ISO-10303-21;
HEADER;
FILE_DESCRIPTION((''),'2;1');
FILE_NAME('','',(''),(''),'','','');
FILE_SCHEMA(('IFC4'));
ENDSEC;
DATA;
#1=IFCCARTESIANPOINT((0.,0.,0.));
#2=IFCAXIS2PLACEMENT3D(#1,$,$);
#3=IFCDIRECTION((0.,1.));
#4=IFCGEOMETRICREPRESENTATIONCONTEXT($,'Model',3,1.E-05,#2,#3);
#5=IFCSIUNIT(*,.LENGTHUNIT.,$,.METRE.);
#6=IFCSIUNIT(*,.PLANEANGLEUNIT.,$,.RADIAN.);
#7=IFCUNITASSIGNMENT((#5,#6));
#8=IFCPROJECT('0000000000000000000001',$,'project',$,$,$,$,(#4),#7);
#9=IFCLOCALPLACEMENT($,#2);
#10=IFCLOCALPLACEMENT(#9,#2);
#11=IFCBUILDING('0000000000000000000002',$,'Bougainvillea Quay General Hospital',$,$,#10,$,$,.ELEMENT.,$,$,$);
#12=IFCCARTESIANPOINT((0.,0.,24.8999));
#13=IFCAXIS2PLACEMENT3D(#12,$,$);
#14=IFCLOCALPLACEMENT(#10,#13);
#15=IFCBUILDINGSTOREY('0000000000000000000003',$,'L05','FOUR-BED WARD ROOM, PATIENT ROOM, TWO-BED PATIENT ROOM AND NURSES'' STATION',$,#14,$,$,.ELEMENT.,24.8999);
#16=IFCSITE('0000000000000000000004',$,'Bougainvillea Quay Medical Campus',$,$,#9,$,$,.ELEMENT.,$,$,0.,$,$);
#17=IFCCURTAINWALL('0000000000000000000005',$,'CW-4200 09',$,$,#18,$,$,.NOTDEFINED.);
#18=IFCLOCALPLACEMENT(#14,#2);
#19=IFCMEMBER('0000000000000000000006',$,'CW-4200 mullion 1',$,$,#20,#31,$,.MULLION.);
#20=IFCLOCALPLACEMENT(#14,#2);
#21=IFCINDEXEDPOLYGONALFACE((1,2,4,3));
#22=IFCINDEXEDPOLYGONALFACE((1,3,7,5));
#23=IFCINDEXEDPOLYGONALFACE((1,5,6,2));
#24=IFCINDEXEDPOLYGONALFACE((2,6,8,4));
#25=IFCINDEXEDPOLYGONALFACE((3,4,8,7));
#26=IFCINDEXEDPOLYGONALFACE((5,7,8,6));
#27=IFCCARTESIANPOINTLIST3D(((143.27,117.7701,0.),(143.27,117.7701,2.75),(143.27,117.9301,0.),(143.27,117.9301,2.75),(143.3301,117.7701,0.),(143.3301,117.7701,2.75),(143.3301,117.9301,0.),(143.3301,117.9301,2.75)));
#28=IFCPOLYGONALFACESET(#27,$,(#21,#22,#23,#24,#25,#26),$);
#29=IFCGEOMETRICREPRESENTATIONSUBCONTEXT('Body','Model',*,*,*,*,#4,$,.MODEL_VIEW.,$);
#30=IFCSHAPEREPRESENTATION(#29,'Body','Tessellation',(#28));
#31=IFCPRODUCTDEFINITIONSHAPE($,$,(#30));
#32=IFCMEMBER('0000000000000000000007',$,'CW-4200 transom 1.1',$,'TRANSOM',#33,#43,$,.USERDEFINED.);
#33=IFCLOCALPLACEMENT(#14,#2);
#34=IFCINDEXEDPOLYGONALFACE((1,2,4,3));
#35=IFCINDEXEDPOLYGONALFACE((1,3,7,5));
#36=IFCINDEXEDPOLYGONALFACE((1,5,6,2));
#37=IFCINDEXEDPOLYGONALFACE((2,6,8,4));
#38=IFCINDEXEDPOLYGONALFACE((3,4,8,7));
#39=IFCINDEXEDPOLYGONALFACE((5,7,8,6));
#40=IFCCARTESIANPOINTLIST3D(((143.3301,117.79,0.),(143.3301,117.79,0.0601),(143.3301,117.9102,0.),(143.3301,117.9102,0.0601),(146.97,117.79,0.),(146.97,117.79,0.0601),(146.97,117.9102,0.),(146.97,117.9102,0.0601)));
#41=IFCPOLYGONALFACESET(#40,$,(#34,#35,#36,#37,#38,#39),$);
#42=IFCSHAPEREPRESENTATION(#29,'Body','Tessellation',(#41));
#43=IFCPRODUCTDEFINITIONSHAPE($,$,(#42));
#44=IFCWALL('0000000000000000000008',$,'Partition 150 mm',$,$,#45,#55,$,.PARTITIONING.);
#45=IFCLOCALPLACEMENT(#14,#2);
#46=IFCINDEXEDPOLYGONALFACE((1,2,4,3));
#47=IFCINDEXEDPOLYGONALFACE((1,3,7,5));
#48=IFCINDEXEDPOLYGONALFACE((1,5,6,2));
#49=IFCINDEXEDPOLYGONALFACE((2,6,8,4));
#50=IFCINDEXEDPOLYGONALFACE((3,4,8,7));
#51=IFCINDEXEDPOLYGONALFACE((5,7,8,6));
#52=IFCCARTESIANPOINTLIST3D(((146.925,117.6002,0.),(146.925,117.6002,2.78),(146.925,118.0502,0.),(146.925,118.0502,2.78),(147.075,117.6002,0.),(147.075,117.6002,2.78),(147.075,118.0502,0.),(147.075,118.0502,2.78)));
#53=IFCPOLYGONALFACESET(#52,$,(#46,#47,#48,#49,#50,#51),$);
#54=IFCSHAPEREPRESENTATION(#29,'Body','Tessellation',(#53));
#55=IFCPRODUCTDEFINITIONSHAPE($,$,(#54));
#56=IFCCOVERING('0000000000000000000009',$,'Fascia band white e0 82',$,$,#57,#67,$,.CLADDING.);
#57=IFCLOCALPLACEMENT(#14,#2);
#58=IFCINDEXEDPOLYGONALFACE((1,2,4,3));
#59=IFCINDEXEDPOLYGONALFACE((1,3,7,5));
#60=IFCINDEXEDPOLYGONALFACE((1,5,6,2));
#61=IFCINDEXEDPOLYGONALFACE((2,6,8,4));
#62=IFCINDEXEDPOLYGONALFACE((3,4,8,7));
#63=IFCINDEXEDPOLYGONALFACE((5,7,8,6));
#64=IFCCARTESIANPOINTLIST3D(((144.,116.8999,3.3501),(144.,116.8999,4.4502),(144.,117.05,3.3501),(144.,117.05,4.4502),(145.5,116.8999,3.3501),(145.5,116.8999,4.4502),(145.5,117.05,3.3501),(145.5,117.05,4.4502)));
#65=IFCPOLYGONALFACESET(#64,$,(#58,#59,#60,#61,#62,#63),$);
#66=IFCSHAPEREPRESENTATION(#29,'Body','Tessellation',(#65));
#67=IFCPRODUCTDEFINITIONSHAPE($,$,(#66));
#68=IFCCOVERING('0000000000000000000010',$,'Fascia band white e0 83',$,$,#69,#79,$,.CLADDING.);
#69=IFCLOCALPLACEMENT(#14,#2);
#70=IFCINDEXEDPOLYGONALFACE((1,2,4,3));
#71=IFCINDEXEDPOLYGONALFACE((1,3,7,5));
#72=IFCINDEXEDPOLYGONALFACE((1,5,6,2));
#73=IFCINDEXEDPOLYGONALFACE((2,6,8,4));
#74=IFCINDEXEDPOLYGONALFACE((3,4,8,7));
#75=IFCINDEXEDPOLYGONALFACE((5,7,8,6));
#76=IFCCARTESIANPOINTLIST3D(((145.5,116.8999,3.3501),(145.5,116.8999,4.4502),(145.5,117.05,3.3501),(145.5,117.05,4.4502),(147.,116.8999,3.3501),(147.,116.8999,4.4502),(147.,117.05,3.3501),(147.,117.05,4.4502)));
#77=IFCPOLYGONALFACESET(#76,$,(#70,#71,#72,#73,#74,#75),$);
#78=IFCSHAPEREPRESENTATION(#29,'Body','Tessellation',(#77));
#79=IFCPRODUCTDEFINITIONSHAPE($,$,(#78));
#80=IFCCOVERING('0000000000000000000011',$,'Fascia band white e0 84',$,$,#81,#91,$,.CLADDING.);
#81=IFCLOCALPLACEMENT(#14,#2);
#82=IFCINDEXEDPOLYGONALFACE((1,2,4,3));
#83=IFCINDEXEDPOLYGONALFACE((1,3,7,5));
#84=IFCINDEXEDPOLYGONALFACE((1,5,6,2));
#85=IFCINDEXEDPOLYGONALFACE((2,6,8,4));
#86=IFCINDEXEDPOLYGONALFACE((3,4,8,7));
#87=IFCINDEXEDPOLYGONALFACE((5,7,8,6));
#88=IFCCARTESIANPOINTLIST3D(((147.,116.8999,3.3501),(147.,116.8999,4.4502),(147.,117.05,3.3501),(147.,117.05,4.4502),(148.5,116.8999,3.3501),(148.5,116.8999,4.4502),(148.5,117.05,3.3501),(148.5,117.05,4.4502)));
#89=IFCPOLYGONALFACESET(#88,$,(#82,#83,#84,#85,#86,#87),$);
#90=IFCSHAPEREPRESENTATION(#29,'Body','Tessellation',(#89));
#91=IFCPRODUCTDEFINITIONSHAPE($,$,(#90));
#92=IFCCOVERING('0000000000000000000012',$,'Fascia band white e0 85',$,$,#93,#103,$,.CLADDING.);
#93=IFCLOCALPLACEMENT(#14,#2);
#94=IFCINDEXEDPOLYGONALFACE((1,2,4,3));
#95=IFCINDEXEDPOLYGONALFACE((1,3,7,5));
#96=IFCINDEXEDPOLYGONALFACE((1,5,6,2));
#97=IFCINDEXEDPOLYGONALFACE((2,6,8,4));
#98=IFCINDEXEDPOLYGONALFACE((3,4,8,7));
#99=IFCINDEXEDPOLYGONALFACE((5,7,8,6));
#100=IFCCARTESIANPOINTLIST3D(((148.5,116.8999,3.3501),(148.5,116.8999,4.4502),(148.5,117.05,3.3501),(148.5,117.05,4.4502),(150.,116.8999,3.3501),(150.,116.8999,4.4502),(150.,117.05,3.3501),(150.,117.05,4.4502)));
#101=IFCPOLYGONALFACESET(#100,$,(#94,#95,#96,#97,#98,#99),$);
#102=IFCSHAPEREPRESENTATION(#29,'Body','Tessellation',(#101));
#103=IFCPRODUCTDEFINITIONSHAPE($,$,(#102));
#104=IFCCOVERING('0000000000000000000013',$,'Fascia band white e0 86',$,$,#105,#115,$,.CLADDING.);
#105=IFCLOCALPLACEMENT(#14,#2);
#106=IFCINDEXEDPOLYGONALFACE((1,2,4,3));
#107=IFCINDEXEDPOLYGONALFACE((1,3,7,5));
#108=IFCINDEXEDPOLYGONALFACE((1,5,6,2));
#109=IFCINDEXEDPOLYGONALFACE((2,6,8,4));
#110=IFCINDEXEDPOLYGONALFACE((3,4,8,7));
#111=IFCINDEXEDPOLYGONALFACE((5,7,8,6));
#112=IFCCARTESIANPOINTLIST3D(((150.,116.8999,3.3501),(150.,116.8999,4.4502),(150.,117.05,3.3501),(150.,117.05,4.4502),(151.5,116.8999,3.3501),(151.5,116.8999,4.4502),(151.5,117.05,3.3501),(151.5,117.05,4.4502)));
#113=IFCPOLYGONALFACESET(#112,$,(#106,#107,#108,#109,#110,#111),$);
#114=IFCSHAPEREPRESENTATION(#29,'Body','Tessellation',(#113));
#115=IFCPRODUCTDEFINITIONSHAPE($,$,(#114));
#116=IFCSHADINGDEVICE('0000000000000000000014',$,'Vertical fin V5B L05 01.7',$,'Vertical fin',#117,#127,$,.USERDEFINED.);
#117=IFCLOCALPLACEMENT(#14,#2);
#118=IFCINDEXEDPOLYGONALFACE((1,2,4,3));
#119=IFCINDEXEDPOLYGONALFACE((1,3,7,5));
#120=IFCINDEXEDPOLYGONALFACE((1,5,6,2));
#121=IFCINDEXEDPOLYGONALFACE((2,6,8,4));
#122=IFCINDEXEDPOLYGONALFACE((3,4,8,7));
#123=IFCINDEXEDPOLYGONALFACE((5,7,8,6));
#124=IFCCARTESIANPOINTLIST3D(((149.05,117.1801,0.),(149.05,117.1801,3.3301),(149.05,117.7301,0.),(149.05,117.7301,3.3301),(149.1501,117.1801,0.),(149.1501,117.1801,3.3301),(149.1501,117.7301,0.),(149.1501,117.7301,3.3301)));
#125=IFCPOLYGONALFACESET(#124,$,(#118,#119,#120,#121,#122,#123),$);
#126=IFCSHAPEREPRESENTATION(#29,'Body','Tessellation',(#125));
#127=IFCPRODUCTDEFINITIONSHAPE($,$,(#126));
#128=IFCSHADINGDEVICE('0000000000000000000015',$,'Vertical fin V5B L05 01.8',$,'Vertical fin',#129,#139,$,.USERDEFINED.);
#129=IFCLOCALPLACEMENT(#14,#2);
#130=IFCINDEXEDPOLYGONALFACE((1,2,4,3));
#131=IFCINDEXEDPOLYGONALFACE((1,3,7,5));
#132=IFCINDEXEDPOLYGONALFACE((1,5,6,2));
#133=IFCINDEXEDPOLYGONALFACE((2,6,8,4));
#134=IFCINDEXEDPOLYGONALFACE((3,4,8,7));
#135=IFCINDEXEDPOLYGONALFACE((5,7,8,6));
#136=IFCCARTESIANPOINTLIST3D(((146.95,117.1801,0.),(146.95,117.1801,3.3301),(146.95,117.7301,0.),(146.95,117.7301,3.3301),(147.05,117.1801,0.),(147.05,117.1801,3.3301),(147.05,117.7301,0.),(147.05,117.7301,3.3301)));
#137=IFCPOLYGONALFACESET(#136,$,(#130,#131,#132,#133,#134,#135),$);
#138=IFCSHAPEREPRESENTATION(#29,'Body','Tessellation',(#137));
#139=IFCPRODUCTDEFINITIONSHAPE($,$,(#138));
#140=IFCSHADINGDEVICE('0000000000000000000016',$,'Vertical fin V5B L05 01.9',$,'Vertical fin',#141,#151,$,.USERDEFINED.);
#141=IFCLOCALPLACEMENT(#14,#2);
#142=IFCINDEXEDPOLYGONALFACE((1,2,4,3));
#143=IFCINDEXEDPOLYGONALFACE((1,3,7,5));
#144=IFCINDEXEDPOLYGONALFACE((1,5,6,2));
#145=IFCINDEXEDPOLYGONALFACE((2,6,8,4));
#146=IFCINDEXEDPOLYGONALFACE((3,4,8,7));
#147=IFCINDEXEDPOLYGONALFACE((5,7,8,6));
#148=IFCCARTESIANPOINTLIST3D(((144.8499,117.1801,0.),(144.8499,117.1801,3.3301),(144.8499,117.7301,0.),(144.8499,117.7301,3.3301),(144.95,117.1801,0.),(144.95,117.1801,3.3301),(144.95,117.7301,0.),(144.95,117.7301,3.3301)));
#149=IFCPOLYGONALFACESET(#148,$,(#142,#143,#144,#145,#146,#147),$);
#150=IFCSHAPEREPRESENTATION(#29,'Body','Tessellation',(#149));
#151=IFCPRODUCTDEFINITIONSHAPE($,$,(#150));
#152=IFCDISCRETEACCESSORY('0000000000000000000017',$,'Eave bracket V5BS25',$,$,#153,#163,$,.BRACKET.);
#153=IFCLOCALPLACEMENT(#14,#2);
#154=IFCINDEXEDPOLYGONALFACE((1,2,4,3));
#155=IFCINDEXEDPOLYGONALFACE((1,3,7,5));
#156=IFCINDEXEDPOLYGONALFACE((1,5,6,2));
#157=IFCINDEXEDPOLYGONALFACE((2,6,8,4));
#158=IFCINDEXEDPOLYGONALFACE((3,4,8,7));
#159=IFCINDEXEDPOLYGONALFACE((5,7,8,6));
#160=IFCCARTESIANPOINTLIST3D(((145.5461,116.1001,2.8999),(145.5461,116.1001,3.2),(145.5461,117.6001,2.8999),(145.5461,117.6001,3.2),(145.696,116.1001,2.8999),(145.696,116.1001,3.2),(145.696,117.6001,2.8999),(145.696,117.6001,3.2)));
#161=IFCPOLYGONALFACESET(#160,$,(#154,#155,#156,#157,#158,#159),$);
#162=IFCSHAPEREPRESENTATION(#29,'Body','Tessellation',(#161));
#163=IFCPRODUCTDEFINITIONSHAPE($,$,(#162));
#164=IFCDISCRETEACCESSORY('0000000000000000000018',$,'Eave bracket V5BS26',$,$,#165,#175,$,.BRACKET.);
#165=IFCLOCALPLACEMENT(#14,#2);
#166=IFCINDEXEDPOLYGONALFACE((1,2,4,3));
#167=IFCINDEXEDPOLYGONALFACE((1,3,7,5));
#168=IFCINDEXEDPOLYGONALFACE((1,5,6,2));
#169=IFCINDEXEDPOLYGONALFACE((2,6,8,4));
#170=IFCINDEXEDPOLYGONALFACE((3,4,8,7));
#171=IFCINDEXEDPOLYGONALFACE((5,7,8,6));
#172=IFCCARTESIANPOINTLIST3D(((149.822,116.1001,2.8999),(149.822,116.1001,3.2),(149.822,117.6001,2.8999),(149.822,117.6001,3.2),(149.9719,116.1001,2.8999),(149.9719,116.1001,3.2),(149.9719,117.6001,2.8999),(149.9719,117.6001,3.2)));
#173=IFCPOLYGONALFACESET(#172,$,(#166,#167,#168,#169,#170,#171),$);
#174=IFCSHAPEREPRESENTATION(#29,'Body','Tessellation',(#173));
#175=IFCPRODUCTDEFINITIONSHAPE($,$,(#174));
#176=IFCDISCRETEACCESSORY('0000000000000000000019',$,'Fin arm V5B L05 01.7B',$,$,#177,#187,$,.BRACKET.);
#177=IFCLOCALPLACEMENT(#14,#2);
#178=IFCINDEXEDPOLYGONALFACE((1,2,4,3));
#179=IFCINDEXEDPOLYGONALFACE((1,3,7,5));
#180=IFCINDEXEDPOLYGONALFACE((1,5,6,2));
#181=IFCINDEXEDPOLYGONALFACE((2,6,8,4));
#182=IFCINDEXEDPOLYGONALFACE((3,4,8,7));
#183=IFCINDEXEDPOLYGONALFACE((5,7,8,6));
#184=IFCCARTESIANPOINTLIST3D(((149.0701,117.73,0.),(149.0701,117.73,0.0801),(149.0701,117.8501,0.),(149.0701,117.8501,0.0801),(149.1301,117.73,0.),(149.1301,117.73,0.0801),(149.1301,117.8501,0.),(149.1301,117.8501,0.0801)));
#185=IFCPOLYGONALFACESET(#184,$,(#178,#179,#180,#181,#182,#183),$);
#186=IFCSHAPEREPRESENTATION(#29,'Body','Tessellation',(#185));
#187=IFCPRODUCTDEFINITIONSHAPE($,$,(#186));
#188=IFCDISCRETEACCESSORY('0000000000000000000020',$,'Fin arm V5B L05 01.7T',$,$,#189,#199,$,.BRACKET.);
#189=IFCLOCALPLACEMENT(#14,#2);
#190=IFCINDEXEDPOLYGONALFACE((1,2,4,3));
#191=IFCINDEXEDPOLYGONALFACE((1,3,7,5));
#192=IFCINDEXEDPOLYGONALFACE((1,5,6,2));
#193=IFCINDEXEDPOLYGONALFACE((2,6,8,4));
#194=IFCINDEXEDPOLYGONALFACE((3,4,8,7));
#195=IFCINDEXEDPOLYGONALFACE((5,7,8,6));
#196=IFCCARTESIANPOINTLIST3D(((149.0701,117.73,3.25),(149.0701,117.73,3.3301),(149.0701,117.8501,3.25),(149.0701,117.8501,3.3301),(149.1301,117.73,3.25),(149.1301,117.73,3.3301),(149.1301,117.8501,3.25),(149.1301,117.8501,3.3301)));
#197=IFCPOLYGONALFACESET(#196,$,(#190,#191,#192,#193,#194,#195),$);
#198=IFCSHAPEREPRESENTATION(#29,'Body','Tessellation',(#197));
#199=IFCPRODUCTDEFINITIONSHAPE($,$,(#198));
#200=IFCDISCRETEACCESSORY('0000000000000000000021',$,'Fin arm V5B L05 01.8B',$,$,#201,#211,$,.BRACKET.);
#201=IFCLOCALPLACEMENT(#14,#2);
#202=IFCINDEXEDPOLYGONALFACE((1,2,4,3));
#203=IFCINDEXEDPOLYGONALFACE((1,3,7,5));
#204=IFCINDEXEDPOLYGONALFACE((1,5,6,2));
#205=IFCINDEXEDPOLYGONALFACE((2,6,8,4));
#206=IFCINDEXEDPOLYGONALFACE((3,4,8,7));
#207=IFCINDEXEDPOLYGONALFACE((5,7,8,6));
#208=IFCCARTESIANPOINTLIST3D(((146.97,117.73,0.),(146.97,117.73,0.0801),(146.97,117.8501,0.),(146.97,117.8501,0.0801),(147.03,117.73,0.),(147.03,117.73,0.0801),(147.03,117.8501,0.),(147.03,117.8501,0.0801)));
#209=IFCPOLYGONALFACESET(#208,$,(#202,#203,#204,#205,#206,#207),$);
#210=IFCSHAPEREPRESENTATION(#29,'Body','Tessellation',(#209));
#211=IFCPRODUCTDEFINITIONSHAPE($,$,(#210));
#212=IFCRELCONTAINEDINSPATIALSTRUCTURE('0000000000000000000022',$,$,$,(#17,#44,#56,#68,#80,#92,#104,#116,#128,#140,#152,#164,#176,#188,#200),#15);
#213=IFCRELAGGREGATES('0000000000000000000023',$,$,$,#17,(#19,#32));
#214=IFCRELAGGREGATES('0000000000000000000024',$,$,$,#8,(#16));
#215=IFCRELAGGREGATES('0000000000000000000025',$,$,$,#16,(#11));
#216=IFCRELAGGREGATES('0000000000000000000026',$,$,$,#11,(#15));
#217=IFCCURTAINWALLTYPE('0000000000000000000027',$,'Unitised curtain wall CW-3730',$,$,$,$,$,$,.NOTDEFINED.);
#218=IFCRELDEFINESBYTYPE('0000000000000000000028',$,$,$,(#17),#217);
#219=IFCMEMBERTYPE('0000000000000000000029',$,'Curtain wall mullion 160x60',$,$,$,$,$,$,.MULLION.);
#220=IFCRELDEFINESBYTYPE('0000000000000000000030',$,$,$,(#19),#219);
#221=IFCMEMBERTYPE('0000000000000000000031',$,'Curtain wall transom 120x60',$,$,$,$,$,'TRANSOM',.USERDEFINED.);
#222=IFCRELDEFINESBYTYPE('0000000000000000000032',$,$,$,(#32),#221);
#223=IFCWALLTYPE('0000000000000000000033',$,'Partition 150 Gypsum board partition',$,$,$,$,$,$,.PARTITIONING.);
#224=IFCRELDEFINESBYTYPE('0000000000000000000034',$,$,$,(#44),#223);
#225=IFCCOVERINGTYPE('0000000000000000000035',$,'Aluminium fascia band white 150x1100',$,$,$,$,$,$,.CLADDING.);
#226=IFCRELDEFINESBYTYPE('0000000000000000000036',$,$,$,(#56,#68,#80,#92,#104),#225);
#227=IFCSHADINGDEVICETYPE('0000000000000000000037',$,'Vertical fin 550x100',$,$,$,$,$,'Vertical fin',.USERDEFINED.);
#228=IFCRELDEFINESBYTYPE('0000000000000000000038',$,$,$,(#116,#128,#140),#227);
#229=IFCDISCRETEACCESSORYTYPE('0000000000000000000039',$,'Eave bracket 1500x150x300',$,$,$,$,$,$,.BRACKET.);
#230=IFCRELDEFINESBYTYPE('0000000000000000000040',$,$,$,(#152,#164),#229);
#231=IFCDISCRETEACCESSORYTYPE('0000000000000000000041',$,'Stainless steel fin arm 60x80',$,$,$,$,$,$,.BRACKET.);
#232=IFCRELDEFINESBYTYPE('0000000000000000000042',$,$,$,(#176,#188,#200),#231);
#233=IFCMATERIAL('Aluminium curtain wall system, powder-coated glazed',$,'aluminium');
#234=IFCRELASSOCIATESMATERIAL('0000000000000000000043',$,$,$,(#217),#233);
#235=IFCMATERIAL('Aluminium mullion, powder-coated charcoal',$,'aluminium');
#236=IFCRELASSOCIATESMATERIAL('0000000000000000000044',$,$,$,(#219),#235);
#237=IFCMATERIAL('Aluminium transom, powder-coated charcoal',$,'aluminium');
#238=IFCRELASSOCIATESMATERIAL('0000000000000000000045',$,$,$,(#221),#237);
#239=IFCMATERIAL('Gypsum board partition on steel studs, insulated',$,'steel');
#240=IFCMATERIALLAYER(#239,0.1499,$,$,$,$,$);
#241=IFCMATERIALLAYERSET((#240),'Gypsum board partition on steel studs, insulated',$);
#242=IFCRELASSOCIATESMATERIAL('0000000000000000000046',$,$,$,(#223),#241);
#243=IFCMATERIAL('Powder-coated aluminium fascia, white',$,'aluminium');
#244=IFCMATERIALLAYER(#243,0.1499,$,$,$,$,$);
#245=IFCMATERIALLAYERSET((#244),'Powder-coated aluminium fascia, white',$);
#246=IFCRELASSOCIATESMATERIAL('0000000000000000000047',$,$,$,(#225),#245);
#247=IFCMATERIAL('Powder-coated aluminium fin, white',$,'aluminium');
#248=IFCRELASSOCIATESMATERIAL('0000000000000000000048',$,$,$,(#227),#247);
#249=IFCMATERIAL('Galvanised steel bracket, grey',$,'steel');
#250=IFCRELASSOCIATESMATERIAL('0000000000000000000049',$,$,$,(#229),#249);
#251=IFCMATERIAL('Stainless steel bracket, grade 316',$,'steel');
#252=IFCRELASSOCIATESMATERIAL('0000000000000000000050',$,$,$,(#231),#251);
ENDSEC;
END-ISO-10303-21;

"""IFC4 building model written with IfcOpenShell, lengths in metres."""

from ifc_helpers import new_model, si_unit, direction, frame, frame_2d, origin, origin_2d, place, context, subcontext, project, spatial, polyline, rectangle, outline, extrude, material, layer, layer_set, material_profile, profile_set, type_object, element, aggregate, save


model = new_model("IFC4")

# Units and contexts
model_context = context("Model", 3, precision=1e-05, world=origin(), true_north=direction((0.0, 1.0)))
body_context = subcontext(model_context, "Body", "Model", "MODEL_VIEW")
ifc_project = project(units=[si_unit("LENGTHUNIT", "METRE"), si_unit("PLANEANGLEUNIT", "RADIAN")], contexts=[model_context])

# Site, building, storey
site_placement = place(None, origin())
site = spatial("IfcSite", under=ifc_project, at=site_placement, Name="Bougainvillea Quay Medical Campus", CompositionType="ELEMENT", RefElevation=0.0)
building_placement = place(site_placement, origin())
building = spatial("IfcBuilding", under=site, at=building_placement, Name="Bougainvillea Quay General Hospital", CompositionType="ELEMENT")
storey_placement = place(building_placement, frame((0.0, 0.0, 24.8999)))
storey = spatial("IfcBuildingStorey", under=building, at=storey_placement, Name="L05", Description="FOUR-BED WARD ROOM, PATIENT ROOM, TWO-BED PATIENT ROOM AND NURSES' STATION", CompositionType="ELEMENT", Elevation=24.8999)

# Curtain wall, members
ifc_material_1 = material(Name="Aluminium curtain wall system, powder-coated glazed", Category="aluminium")
curtain_wall_type = type_object("IfcCurtainWallType", Name="Unitised curtain wall CW-3730", PredefinedType="NOTDEFINED", material=ifc_material_1)
curtain_wall_placement = place(storey_placement, origin())
curtain_wall = element("IfcCurtainWall", 1, at=curtain_wall_placement, inside=storey, type_object=curtain_wall_type, Name="CW-4200 09", PredefinedType="NOTDEFINED")
ifc_material_2 = material(Name="Aluminium mullion, powder-coated charcoal", Category="aluminium")
ifc_material_profile_1 = material_profile(ifc_material_2, rectangle(XDim=0.1599, YDim=0.0601, at=origin_2d()))
ifc_profile_set_1 = profile_set([ifc_material_profile_1], Name="Aluminium mullion, powder-coated charcoal")
member_type_1 = type_object("IfcMemberType", Name="Curtain wall mullion 160x60", PredefinedType="MULLION", material=ifc_profile_set_1)
member_1_placement = place(storey_placement, frame((143.3, 117.8501, 0.0), z_axis=(0.0, 0.0, 1.0), x_axis=(0.0, 1.0, 0.0)))
member_1 = element("IfcMember", 2, at=member_1_placement, type_object=member_type_1, Name="CW-4200 mullion 1", PredefinedType="MULLION", context=body_context, shape_type="SweptSolid", body=[
    extrude(rectangle(XDim=0.1599, YDim=0.0601, at=origin_2d()), origin(), (0.0, 0.0, 1.0), 2.75),
])
ifc_material_3 = material(Name="Aluminium transom, powder-coated charcoal", Category="aluminium")
ifc_material_profile_2 = material_profile(ifc_material_3, rectangle(XDim=0.1201, YDim=0.0601, at=origin_2d()))
ifc_profile_set_2 = profile_set([ifc_material_profile_2], Name="Aluminium transom, powder-coated charcoal")
member_type_2 = type_object("IfcMemberType", Name="Curtain wall transom 120x60", ElementType="TRANSOM", PredefinedType="USERDEFINED", material=ifc_profile_set_2)
member_2_placement = place(storey_placement, frame((143.3301, 117.8501, 0.03), z_axis=(1.0, 0.0, 0.0), x_axis=(0.0, 1.0, 0.0)))
member_2 = element("IfcMember", 3, at=member_2_placement, type_object=member_type_2, Name="CW-4200 transom 1.1", ObjectType="TRANSOM", PredefinedType="USERDEFINED", context=body_context, shape_type="SweptSolid", body=[
    extrude(rectangle(XDim=0.1201, YDim=0.0601, at=origin_2d()), origin(), (0.0, 0.0, 1.0), 3.6399),
])
aggregate(curtain_wall, [member_1, member_2])

# Wall
ifc_material_4 = material(Name="Gypsum board partition on steel studs, insulated", Category="steel")
ifc_layer_1 = layer(ifc_material_4, 0.1499)
ifc_layer_set_1 = layer_set([ifc_layer_1], Name="Gypsum board partition on steel studs, insulated")
wall_type = type_object("IfcWallType", Name="Partition 150 Gypsum board partition", PredefinedType="PARTITIONING", material=ifc_layer_set_1)
wall_placement = place(storey_placement, frame((147.0, 117.6001, 0.0), z_axis=(0.0, 0.0, 1.0), x_axis=(0.0, 1.0, 0.0)))
element("IfcWall", 4, at=wall_placement, inside=storey, type_object=wall_type, Name="Partition 150 mm", PredefinedType="PARTITIONING", context=body_context, shape_type="SweptSolid", body=[
    extrude(rectangle(XDim=0.45, YDim=0.1499, at=frame_2d((0.2251, 0.0))), origin(), (0.0, 0.0, 1.0), 2.78),
])

# Coverings
ifc_material_5 = material(Name="Powder-coated aluminium fascia, white", Category="aluminium")
ifc_layer_2 = layer(ifc_material_5, 0.1499)
ifc_layer_set_2 = layer_set([ifc_layer_2], Name="Powder-coated aluminium fascia, white")
covering_type = type_object("IfcCoveringType", Name="Aluminium fascia band white 150x1100", PredefinedType="CLADDING", material=ifc_layer_set_2)
for number, where, z_axis, x_axis, name in (
    (5, (144.0, 117.05, 3.3501), (0.0, 0.0, 1.0), (1.0, 0.0, 0.0), "Fascia band white e0 82"),
    (6, (145.5, 117.05, 3.3501), (0.0, 0.0, 1.0), (1.0, 0.0, 0.0), "Fascia band white e0 83"),
    (7, (147.0, 117.05, 3.3501), (0.0, 0.0, 1.0), (1.0, 0.0, 0.0), "Fascia band white e0 84"),
    (8, (148.5, 117.05, 3.3501), (0.0, 0.0, 1.0), (1.0, 0.0, 0.0), "Fascia band white e0 85"),
    (9, (150.0, 117.05, 3.3501), (0.0, 0.0, 1.0), (1.0, 0.0, 0.0), "Fascia band white e0 86"),
):
    element("IfcCovering", number, at=place(storey_placement, frame(where, z_axis=z_axis, x_axis=x_axis)), inside=storey, type_object=covering_type, Name=name, PredefinedType="CLADDING", context=body_context, shape_type="SweptSolid", body=[
        extrude(outline(polyline([(0.0, 0.0), (1.5, 0.0), (1.5, -0.1501), (0.0, -0.1501), (0.0, 0.0)])), origin(), (0.0, 0.0, 1.0), 1.1001),
    ])

# Shading devices
ifc_material_6 = material(Name="Powder-coated aluminium fin, white", Category="aluminium")
ifc_material_profile_3 = material_profile(ifc_material_6, rectangle(XDim=0.55, YDim=0.1001, at=origin_2d()))
ifc_profile_set_3 = profile_set([ifc_material_profile_3], Name="Powder-coated aluminium fin, white")
shading_device_type = type_object("IfcShadingDeviceType", Name="Vertical fin 550x100", ElementType="Vertical fin", PredefinedType="USERDEFINED", material=ifc_profile_set_3)
for number, where, z_axis, x_axis, name in (
    (10, (149.1001, 117.4551, 0.0), (0.0, 0.0, 1.0), (0.0, -1.0, 0.0), "Vertical fin V5B L05 01.7"),
    (11, (147.0, 117.4551, 0.0), (0.0, 0.0, 1.0), (0.0, -1.0, 0.0), "Vertical fin V5B L05 01.8"),
    (12, (144.8999, 117.4551, 0.0), (0.0, 0.0, 1.0), (0.0, -1.0, 0.0), "Vertical fin V5B L05 01.9"),
):
    element("IfcShadingDevice", number, at=place(storey_placement, frame(where, z_axis=z_axis, x_axis=x_axis)), inside=storey, type_object=shading_device_type, Name=name, ObjectType="Vertical fin", PredefinedType="USERDEFINED", context=body_context, shape_type="SweptSolid", body=[
        extrude(rectangle(XDim=0.55, YDim=0.1001, at=origin_2d()), origin(), (0.0, 0.0, 1.0), 3.3301),
    ])

# Discrete accessories
ifc_material_7 = material(Name="Galvanised steel bracket, grey", Category="steel")
discrete_accessory_type_1 = type_object("IfcDiscreteAccessoryType", Name="Eave bracket 1500x150x300", PredefinedType="BRACKET", material=ifc_material_7)
for number, where, z_axis, x_axis, name in (
    (13, (145.6211, 116.8501, 2.8999), (0.0, 0.0, 1.0), (1.0, 0.0, 0.0), "Eave bracket V5BS25"),
    (14, (149.897, 116.8501, 2.8999), (0.0, 0.0, 1.0), (1.0, 0.0, 0.0), "Eave bracket V5BS26"),
):
    element("IfcDiscreteAccessory", number, at=place(storey_placement, frame(where, z_axis=z_axis, x_axis=x_axis)), inside=storey, type_object=discrete_accessory_type_1, Name=name, PredefinedType="BRACKET", context=body_context, shape_type="SweptSolid", body=[
        extrude(rectangle(XDim=0.1499, YDim=1.5, at=origin_2d()), origin(), (0.0, 0.0, 1.0), 0.3),
    ])
ifc_material_8 = material(Name="Stainless steel bracket, grade 316", Category="steel")
discrete_accessory_type_2 = type_object("IfcDiscreteAccessoryType", Name="Stainless steel fin arm 60x80", PredefinedType="BRACKET", material=ifc_material_8)
for number, where, z_axis, x_axis, name in (
    (15, (149.1001, 117.79, 0.0), (0.0, 0.0, 1.0), (0.0, -1.0, 0.0), "Fin arm V5B L05 01.7B"),
    (16, (149.1001, 117.79, 3.25), (0.0, 0.0, 1.0), (0.0, -1.0, 0.0), "Fin arm V5B L05 01.7T"),
    (17, (147.0, 117.79, 0.0), (0.0, 0.0, 1.0), (0.0, -1.0, 0.0), "Fin arm V5B L05 01.8B"),
):
    element("IfcDiscreteAccessory", number, at=place(storey_placement, frame(where, z_axis=z_axis, x_axis=x_axis)), inside=storey, type_object=discrete_accessory_type_2, Name=name, PredefinedType="BRACKET", context=body_context, shape_type="SweptSolid", body=[
        extrude(rectangle(XDim=0.1201, YDim=0.0601, at=origin_2d()), origin(), (0.0, 0.0, 1.0), 0.0801),
    ])

save(model, "model.ifc")
